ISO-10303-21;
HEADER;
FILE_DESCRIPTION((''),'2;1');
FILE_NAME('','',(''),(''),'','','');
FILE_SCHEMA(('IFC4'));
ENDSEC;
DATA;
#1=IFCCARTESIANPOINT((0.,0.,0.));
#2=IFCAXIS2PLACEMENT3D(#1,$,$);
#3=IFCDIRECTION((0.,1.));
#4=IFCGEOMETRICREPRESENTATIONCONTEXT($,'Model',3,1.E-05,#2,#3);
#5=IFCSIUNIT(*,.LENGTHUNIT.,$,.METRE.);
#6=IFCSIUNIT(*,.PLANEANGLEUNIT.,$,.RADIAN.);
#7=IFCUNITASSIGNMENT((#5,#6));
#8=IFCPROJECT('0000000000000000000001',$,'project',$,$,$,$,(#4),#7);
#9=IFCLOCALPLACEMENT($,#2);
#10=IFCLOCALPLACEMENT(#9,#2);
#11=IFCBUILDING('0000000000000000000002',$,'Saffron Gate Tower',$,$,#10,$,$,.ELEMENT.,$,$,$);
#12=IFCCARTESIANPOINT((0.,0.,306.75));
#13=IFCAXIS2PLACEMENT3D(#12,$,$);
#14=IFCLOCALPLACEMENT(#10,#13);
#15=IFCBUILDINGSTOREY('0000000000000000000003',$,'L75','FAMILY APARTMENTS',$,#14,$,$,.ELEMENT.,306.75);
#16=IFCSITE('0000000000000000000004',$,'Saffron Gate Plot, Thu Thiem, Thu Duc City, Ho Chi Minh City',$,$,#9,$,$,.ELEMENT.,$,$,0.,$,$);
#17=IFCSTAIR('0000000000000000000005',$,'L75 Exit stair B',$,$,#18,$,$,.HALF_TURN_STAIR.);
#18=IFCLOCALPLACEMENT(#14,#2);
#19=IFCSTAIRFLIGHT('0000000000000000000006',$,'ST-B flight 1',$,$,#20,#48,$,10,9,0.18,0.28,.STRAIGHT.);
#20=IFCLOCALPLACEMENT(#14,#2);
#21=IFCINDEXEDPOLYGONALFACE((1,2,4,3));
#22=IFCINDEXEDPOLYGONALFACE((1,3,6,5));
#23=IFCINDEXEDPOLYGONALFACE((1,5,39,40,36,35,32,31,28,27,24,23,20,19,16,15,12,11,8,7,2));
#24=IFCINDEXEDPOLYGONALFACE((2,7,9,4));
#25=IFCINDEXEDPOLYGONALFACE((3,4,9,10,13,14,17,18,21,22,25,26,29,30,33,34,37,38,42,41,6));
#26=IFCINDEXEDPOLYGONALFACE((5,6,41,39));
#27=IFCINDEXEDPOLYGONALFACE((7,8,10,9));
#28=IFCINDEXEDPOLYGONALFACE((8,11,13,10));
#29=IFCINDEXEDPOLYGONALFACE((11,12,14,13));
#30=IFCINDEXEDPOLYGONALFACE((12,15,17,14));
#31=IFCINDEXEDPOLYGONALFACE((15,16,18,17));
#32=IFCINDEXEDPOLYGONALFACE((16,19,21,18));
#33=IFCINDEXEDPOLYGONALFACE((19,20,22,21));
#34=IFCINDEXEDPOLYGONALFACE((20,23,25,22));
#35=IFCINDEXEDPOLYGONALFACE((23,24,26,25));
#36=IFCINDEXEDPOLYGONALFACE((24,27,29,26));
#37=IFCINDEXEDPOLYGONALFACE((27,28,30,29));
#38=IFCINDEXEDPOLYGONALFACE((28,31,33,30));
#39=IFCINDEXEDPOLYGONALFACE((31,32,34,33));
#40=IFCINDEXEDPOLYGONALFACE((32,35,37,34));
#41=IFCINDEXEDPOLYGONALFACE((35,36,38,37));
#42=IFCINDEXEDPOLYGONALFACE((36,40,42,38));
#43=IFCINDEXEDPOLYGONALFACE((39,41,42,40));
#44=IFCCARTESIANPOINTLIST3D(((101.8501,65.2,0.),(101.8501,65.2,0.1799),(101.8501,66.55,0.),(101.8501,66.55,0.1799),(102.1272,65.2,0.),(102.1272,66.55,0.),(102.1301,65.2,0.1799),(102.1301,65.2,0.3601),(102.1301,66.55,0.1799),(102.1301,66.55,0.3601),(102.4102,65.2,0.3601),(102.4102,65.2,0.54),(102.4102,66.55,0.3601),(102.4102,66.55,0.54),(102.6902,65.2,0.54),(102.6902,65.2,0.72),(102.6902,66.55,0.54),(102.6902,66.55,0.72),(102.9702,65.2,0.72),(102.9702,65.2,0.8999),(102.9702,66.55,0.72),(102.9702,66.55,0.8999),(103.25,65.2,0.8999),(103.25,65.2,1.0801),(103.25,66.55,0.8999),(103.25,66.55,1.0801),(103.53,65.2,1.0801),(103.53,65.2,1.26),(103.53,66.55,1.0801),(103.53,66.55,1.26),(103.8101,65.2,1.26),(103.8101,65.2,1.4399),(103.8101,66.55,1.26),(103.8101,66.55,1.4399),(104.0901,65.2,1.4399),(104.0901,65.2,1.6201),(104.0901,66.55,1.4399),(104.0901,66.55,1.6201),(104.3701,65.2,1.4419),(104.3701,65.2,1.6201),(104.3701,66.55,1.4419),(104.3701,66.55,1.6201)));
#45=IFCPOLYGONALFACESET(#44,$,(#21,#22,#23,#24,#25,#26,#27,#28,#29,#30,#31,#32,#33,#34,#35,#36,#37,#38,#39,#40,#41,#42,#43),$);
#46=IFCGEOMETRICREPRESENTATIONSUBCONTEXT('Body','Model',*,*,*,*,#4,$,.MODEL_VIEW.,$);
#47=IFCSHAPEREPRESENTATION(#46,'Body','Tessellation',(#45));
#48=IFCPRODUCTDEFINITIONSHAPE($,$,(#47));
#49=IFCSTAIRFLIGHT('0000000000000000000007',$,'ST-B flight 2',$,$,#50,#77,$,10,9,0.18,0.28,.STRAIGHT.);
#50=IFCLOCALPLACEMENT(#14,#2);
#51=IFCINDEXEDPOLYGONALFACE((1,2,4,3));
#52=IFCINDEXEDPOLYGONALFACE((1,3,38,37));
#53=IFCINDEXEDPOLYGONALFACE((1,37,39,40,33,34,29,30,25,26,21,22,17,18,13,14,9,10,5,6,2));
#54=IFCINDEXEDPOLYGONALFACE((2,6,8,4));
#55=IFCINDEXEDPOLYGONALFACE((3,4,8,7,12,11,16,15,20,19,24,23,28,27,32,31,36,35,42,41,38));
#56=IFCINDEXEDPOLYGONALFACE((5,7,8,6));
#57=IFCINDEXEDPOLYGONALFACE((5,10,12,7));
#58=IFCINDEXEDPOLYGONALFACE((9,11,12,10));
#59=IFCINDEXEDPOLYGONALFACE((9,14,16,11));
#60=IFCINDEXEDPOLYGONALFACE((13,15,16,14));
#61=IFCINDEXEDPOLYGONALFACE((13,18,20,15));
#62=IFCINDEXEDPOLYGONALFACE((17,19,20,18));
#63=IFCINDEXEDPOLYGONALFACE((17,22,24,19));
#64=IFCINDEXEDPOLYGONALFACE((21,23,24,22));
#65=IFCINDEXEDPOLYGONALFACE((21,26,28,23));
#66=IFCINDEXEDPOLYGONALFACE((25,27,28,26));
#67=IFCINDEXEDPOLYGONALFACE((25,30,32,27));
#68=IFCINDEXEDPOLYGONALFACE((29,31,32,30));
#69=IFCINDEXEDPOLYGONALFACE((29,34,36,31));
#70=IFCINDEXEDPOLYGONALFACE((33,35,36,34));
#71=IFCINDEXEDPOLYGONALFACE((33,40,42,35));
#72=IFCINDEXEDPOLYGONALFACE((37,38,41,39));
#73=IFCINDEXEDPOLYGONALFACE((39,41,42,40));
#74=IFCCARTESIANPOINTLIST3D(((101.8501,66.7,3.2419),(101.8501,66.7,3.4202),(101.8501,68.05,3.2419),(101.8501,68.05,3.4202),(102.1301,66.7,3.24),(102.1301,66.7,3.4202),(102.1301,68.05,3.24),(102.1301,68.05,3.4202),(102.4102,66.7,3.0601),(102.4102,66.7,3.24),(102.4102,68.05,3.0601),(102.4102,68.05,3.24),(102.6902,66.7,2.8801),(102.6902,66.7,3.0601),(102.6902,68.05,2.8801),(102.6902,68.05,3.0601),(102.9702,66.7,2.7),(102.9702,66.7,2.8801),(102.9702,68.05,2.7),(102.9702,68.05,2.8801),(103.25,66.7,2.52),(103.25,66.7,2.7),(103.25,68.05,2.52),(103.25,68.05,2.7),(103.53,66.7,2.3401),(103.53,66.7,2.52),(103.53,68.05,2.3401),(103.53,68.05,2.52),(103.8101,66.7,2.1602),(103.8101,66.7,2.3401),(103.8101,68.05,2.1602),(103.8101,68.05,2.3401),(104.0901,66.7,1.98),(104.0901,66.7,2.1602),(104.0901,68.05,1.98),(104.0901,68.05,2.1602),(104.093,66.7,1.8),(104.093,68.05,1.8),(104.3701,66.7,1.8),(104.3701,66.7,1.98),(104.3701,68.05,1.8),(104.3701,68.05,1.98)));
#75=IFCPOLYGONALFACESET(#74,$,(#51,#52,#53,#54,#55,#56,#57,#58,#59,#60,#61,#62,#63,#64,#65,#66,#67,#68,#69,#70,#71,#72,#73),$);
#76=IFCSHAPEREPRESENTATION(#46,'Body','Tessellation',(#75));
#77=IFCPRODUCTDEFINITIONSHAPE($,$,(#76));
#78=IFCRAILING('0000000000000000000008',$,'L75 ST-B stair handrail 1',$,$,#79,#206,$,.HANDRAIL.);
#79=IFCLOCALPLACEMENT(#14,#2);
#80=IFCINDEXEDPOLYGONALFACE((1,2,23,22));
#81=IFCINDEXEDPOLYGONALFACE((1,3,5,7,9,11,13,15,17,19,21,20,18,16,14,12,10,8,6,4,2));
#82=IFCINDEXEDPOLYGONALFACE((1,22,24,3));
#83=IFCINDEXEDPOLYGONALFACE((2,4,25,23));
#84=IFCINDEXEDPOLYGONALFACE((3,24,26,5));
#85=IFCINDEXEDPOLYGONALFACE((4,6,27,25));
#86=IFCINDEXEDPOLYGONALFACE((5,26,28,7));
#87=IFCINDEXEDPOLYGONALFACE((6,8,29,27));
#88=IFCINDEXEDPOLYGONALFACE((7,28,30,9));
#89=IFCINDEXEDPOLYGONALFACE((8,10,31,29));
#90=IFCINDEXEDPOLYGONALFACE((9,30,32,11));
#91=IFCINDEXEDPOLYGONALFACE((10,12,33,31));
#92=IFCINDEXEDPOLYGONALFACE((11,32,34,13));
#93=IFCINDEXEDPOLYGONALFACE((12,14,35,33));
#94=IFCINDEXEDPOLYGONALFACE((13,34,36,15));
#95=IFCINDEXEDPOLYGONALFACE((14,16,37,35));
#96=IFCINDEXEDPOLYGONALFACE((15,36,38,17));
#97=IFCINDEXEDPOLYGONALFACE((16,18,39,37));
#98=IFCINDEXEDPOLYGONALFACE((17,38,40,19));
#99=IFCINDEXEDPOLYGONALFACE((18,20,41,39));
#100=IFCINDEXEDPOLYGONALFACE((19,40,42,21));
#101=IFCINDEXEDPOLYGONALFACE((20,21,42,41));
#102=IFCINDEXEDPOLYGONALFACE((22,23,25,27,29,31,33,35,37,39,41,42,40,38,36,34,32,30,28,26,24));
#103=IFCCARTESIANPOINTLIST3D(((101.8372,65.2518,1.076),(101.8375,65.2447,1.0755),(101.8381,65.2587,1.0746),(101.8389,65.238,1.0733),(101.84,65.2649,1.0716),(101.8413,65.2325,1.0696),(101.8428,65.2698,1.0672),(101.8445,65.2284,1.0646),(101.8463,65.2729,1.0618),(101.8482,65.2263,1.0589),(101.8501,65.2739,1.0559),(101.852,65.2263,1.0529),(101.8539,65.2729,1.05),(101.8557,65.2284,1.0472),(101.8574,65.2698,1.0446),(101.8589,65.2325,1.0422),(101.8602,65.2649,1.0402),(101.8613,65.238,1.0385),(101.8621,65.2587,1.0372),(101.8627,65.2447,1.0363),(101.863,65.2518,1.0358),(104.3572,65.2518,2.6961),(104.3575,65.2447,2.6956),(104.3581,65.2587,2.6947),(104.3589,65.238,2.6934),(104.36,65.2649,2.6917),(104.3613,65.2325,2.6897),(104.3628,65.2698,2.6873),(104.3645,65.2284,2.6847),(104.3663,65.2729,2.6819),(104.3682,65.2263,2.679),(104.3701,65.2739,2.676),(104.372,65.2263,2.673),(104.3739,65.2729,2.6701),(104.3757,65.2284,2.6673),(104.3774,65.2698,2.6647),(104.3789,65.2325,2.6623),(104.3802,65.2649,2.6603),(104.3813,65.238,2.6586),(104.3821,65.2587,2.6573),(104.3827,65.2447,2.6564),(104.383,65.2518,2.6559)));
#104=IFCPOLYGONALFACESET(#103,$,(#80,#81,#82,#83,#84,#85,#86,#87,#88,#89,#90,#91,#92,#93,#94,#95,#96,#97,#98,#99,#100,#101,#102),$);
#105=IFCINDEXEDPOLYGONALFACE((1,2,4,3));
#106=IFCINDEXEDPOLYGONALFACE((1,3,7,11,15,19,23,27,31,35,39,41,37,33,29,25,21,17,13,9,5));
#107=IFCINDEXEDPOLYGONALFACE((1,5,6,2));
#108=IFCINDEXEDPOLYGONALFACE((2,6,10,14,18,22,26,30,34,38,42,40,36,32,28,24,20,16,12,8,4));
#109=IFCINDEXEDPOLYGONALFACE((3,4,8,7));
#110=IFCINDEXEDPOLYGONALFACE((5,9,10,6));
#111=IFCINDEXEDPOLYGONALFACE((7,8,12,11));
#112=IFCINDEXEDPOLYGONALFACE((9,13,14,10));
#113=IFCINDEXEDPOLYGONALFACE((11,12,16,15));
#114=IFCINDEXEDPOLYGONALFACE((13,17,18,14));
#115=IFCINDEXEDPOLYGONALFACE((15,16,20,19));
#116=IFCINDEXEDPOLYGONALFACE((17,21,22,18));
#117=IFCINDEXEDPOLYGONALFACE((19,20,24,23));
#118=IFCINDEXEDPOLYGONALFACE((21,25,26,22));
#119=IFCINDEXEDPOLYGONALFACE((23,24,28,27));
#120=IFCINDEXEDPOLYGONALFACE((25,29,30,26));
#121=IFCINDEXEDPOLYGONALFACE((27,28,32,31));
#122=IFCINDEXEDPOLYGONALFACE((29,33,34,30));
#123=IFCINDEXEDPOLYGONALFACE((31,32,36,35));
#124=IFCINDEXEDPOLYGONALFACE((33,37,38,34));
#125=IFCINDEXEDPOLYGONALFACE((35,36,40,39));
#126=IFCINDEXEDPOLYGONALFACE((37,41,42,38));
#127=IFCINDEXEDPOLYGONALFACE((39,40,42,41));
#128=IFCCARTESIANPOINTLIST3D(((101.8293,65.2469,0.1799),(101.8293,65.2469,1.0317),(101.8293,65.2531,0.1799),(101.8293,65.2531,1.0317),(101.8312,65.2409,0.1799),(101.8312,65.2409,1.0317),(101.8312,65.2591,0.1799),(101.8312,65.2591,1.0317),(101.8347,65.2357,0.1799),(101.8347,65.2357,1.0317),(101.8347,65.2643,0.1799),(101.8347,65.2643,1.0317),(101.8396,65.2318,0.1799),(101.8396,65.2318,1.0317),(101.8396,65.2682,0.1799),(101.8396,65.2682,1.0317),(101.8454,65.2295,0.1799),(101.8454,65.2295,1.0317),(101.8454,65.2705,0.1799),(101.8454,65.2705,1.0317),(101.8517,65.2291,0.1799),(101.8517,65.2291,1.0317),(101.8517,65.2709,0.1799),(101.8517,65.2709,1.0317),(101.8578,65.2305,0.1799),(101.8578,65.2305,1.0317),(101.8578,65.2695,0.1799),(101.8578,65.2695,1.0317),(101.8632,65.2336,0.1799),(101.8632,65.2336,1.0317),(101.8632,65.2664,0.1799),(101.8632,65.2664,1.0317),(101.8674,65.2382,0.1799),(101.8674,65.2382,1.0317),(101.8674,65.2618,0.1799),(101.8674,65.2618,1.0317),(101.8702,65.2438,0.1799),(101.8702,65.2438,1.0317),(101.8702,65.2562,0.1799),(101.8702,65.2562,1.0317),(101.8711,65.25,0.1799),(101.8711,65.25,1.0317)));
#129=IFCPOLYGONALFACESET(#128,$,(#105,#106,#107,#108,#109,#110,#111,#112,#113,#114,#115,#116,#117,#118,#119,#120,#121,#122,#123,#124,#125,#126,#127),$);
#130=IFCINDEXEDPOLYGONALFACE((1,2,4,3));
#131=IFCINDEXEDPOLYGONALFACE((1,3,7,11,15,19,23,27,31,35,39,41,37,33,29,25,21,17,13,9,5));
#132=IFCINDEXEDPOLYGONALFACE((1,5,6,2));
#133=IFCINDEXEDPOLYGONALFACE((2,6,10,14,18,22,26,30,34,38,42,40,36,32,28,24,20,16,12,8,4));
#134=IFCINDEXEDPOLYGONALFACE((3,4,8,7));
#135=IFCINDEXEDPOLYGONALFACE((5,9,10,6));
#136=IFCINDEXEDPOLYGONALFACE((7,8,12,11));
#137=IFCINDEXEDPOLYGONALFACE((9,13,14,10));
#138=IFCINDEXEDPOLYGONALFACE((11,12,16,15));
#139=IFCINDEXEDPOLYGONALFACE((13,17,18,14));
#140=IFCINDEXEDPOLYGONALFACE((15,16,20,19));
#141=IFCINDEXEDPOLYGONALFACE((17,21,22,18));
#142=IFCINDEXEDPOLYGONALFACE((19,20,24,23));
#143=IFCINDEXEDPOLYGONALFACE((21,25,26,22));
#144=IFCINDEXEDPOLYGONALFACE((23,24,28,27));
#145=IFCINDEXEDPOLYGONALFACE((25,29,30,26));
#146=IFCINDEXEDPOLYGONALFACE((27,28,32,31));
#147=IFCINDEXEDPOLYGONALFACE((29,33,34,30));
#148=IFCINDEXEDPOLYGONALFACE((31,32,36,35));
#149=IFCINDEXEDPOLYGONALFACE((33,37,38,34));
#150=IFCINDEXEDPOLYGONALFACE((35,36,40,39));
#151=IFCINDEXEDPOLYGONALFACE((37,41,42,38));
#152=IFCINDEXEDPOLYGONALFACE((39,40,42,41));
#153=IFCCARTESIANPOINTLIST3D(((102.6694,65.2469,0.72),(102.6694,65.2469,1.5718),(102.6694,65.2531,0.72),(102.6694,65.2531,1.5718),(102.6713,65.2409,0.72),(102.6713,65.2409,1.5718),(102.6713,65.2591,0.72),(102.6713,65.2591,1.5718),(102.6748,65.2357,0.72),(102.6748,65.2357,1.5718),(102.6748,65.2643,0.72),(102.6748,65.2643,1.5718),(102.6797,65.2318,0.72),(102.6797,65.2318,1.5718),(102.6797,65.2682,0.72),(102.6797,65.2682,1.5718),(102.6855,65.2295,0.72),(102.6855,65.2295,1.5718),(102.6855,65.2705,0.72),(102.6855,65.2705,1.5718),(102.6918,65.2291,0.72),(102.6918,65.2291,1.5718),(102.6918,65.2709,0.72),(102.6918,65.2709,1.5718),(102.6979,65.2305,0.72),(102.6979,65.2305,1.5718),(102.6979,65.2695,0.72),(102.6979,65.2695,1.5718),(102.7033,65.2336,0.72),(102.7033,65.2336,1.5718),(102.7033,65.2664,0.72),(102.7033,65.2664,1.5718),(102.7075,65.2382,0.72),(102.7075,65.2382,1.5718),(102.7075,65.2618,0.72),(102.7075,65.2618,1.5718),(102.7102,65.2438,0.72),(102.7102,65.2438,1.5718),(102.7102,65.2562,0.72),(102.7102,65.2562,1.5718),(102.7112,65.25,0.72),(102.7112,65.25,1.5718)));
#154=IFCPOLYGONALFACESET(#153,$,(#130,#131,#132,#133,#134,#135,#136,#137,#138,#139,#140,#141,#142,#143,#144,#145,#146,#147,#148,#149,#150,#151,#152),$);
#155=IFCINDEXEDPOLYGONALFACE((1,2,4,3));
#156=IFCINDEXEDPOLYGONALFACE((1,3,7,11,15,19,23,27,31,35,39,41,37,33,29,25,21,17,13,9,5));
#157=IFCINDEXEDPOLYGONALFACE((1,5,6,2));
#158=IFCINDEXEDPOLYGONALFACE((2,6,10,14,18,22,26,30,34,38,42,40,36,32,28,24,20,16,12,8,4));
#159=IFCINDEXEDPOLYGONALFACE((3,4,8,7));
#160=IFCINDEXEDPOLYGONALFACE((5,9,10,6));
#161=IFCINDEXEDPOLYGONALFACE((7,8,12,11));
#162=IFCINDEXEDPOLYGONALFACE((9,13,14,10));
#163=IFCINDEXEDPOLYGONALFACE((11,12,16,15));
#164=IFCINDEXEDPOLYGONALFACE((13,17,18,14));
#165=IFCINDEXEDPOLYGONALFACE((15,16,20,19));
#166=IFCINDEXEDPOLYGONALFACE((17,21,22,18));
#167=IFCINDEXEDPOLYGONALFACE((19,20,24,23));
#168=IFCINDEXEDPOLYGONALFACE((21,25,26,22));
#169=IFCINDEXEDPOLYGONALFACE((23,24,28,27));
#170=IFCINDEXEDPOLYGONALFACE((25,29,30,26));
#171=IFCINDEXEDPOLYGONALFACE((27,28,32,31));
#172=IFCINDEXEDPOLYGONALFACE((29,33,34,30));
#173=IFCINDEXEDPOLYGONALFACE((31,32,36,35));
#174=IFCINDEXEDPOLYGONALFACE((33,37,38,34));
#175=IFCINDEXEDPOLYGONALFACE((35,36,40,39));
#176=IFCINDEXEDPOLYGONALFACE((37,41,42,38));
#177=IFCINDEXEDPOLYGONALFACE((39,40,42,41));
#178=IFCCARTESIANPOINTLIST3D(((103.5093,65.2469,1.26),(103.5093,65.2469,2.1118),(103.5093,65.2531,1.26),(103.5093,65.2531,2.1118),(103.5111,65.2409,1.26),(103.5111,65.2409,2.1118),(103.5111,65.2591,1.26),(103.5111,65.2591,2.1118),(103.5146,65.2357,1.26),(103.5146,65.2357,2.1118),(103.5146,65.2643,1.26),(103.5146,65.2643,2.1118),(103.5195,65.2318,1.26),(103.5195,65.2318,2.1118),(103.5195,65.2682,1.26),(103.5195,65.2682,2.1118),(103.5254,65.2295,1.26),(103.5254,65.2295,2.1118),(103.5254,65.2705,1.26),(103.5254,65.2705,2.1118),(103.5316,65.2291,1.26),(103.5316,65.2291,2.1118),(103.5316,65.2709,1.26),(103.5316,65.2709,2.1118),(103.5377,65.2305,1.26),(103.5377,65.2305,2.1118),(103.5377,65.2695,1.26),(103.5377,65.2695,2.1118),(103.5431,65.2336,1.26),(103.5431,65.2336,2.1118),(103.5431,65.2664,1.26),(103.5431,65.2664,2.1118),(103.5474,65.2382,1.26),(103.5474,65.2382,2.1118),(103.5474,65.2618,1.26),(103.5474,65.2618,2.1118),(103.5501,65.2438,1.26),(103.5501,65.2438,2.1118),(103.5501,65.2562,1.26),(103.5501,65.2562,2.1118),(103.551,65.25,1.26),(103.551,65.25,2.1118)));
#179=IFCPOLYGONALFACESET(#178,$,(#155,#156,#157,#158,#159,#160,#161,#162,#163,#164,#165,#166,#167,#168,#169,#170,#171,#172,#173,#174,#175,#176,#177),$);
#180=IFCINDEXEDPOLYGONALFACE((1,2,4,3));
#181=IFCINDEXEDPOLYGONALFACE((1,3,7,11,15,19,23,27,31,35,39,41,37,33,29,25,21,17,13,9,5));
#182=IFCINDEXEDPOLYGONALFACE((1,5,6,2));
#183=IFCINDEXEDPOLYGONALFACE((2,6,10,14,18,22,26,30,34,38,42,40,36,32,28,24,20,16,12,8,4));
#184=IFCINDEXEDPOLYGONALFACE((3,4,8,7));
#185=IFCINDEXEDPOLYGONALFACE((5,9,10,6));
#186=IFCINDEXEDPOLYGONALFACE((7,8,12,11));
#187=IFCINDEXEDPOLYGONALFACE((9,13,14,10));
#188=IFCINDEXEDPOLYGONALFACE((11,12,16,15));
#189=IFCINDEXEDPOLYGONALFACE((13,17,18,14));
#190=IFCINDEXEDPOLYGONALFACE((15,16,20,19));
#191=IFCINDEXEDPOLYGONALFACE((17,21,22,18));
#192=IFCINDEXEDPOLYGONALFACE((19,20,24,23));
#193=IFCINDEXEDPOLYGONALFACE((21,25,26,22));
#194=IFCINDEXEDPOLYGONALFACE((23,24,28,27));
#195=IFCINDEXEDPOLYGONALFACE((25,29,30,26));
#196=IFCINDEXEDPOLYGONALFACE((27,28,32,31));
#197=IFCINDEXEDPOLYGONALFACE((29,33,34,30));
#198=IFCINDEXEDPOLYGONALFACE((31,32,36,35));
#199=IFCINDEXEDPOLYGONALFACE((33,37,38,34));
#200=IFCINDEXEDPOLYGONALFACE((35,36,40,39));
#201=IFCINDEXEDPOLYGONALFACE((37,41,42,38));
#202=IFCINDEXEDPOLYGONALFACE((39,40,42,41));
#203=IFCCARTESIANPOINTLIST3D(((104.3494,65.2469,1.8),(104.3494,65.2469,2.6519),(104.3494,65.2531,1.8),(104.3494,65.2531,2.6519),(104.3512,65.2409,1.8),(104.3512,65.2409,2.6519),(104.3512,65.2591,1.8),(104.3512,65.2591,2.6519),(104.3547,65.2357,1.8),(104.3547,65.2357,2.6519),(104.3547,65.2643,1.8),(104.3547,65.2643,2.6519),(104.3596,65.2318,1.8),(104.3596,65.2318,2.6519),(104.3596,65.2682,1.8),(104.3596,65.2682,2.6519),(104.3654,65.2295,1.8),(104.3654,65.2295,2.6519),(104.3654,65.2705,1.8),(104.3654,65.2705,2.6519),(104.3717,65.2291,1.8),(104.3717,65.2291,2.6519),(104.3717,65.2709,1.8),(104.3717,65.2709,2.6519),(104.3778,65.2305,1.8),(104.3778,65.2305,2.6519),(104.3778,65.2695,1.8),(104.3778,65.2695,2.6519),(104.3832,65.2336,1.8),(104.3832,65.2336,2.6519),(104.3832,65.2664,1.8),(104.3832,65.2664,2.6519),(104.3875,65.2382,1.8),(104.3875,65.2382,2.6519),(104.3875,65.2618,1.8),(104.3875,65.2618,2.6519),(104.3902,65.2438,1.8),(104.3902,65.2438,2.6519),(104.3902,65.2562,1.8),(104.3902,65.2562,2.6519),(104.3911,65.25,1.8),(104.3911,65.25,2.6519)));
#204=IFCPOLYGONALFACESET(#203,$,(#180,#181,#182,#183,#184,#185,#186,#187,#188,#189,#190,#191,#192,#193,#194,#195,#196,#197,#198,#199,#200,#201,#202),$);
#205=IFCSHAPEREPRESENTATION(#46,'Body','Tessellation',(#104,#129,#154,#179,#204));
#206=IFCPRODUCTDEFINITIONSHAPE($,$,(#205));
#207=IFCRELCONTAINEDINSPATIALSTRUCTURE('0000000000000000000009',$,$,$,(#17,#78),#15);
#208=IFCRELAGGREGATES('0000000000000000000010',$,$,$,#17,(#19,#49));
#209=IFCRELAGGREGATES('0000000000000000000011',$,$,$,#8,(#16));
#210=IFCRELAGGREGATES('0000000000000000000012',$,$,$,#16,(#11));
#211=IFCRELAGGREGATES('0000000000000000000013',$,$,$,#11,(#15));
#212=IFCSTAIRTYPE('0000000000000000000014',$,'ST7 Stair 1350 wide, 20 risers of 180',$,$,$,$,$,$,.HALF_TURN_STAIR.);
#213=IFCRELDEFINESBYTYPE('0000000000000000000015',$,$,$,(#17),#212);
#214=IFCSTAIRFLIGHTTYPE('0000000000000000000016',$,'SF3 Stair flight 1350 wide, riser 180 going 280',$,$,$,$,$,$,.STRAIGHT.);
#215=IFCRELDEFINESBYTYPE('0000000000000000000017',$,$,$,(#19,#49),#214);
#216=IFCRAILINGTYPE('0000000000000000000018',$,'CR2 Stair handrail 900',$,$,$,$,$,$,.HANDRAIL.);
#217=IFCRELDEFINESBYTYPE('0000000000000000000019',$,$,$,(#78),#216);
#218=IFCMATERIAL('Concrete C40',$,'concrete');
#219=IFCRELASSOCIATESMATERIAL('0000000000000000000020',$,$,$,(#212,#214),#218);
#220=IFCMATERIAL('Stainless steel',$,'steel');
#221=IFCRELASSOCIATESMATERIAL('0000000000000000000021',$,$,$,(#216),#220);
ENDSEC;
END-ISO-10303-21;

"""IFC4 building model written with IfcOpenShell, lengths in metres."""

from ifc_helpers import new_model, si_unit, direction, frame, origin, origin_2d, place, context, subcontext, project, spatial, polyline, circle, outline, extrude, material, type_object, element, aggregate, save


model = new_model("IFC4")

# Units and contexts
model_context = context("Model", 3, precision=1e-05, world=origin(), true_north=direction((0.0, 1.0)))
body_context = subcontext(model_context, "Body", "Model", "MODEL_VIEW")
ifc_project = project(units=[si_unit("LENGTHUNIT", "METRE"), si_unit("PLANEANGLEUNIT", "RADIAN")], contexts=[model_context])

# Site, building, storey
site_placement = place(None, origin())
site = spatial("IfcSite", under=ifc_project, at=site_placement, Name="Saffron Gate Plot, Thu Thiem, Thu Duc City, Ho Chi Minh City", CompositionType="ELEMENT", RefElevation=0.0)
building_placement = place(site_placement, origin())
building = spatial("IfcBuilding", under=site, at=building_placement, Name="Saffron Gate Tower", CompositionType="ELEMENT")
storey_placement = place(building_placement, frame((0.0, 0.0, 306.75)))
storey = spatial("IfcBuildingStorey", under=building, at=storey_placement, Name="L75", Description="FAMILY APARTMENTS", CompositionType="ELEMENT", Elevation=306.75)

# Stair, stair flights
ifc_material_1 = material(Name="Concrete C40", Category="concrete")
stair_type = type_object("IfcStairType", Name="ST7 Stair 1350 wide, 20 risers of 180", PredefinedType="HALF_TURN_STAIR", material=ifc_material_1)
stair_placement = place(storey_placement, origin())
stair = element("IfcStair", 1, at=stair_placement, inside=storey, type_object=stair_type, Name="L75 Exit stair B", PredefinedType="HALF_TURN_STAIR")
stair_flight_type = type_object("IfcStairFlightType", Name="SF3 Stair flight 1350 wide, riser 180 going 280", PredefinedType="STRAIGHT", material=ifc_material_1)
stair_flight_1_placement = place(storey_placement, frame((101.8501, 65.875, 0.0), z_axis=(0.0, 0.0, 1.0), x_axis=(1.0, 0.0, 0.0)))
stair_flight_1 = element("IfcStairFlight", 2, at=stair_flight_1_placement, type_object=stair_flight_type, Name="ST-B flight 1", NumberOfRisers=10, NumberOfTreads=9, PredefinedType="STRAIGHT", RiserHeight=0.18, TreadLength=0.28, context=body_context, shape_type="SweptSolid", body=[
    extrude(outline(polyline([(0.0, 0.0), (0.0, 0.1799), (0.28, 0.1799), (0.28, 0.3601), (0.5601, 0.3601), (0.5601, 0.54), (0.8401, 0.54), (0.8401, 0.72), (1.1201, 0.72), (1.1201, 0.8999), (1.3999, 0.8999), (1.3999, 1.0801), (1.6799, 1.0801), (1.6799, 1.26), (1.96, 1.26), (1.96, 1.4399), (2.24, 1.4399), (2.24, 1.6201), (2.52, 1.6201), (2.52, 1.8), (2.52, 1.4419), (0.2771, 0.0), (0.0, 0.0)])), frame((0.0, 0.675, 0.0), z_axis=(0.0, -1.0, 0.0), x_axis=(1.0, 0.0, 0.0)), (0.0, 0.0, 1.0), 1.3501),
])
stair_flight_2_placement = place(storey_placement, frame((104.3701, 67.375, 1.8), z_axis=(0.0, 0.0, 1.0), x_axis=(-1.0, 0.0, 0.0)))
stair_flight_2 = element("IfcStairFlight", 3, at=stair_flight_2_placement, type_object=stair_flight_type, Name="ST-B flight 2", NumberOfRisers=10, NumberOfTreads=9, PredefinedType="STRAIGHT", RiserHeight=0.18, TreadLength=0.28, context=body_context, shape_type="SweptSolid", body=[
    extrude(outline(polyline([(0.0, 0.0), (0.0, 0.1799), (0.28, 0.1799), (0.28, 0.3601), (0.5601, 0.3601), (0.5601, 0.54), (0.8401, 0.54), (0.8401, 0.72), (1.1201, 0.72), (1.1201, 0.8999), (1.3999, 0.8999), (1.3999, 1.0801), (1.6799, 1.0801), (1.6799, 1.26), (1.96, 1.26), (1.96, 1.4399), (2.24, 1.4399), (2.24, 1.6201), (2.52, 1.6201), (2.52, 1.8), (2.52, 1.4419), (0.2771, 0.0), (0.0, 0.0)])), frame((0.0, 0.675, 0.0), z_axis=(0.0, -1.0, 0.0), x_axis=(1.0, 0.0, 0.0)), (0.0, 0.0, 1.0), 1.3501),
])
aggregate(stair, [stair_flight_1, stair_flight_2])

# Railing
ifc_material_2 = material(Name="Stainless steel", Category="steel")
railing_type_1 = type_object("IfcRailingType", Name="CR2 Stair handrail 900", PredefinedType="HANDRAIL", material=ifc_material_2)
railing_1_placement = place(storey_placement, frame((101.8501, 65.25, 0.1799)))
element("IfcRailing", 4, at=railing_1_placement, inside=storey, type_object=railing_type_1, Name="L75 ST-B stair handrail 1", PredefinedType="HANDRAIL", context=body_context, shape_type="SweptSolid", body=[
    extrude(circle(Radius=0.0239, at=origin_2d()), frame((0.0, 0.0, 0.876), z_axis=(0.841163, 0.0, 0.540782), x_axis=(0.0, 1.0, 0.0)), (0.0, 0.0, 1.0), 2.9958),
    extrude(circle(Radius=0.021, at=origin_2d()), origin(), (0.0, 0.0, 1.0), 0.8518),
    extrude(circle(Radius=0.021, at=origin_2d()), frame((0.8401, 0.0, 0.54)), (0.0, 0.0, 1.0), 0.8518),
    extrude(circle(Radius=0.021, at=origin_2d()), frame((1.6799, 0.0, 1.0801)), (0.0, 0.0, 1.0), 0.8518),
    extrude(circle(Radius=0.021, at=origin_2d()), frame((2.52, 0.0, 1.6201)), (0.0, 0.0, 1.0), 0.8518),
])

save(model, "model.ifc")
